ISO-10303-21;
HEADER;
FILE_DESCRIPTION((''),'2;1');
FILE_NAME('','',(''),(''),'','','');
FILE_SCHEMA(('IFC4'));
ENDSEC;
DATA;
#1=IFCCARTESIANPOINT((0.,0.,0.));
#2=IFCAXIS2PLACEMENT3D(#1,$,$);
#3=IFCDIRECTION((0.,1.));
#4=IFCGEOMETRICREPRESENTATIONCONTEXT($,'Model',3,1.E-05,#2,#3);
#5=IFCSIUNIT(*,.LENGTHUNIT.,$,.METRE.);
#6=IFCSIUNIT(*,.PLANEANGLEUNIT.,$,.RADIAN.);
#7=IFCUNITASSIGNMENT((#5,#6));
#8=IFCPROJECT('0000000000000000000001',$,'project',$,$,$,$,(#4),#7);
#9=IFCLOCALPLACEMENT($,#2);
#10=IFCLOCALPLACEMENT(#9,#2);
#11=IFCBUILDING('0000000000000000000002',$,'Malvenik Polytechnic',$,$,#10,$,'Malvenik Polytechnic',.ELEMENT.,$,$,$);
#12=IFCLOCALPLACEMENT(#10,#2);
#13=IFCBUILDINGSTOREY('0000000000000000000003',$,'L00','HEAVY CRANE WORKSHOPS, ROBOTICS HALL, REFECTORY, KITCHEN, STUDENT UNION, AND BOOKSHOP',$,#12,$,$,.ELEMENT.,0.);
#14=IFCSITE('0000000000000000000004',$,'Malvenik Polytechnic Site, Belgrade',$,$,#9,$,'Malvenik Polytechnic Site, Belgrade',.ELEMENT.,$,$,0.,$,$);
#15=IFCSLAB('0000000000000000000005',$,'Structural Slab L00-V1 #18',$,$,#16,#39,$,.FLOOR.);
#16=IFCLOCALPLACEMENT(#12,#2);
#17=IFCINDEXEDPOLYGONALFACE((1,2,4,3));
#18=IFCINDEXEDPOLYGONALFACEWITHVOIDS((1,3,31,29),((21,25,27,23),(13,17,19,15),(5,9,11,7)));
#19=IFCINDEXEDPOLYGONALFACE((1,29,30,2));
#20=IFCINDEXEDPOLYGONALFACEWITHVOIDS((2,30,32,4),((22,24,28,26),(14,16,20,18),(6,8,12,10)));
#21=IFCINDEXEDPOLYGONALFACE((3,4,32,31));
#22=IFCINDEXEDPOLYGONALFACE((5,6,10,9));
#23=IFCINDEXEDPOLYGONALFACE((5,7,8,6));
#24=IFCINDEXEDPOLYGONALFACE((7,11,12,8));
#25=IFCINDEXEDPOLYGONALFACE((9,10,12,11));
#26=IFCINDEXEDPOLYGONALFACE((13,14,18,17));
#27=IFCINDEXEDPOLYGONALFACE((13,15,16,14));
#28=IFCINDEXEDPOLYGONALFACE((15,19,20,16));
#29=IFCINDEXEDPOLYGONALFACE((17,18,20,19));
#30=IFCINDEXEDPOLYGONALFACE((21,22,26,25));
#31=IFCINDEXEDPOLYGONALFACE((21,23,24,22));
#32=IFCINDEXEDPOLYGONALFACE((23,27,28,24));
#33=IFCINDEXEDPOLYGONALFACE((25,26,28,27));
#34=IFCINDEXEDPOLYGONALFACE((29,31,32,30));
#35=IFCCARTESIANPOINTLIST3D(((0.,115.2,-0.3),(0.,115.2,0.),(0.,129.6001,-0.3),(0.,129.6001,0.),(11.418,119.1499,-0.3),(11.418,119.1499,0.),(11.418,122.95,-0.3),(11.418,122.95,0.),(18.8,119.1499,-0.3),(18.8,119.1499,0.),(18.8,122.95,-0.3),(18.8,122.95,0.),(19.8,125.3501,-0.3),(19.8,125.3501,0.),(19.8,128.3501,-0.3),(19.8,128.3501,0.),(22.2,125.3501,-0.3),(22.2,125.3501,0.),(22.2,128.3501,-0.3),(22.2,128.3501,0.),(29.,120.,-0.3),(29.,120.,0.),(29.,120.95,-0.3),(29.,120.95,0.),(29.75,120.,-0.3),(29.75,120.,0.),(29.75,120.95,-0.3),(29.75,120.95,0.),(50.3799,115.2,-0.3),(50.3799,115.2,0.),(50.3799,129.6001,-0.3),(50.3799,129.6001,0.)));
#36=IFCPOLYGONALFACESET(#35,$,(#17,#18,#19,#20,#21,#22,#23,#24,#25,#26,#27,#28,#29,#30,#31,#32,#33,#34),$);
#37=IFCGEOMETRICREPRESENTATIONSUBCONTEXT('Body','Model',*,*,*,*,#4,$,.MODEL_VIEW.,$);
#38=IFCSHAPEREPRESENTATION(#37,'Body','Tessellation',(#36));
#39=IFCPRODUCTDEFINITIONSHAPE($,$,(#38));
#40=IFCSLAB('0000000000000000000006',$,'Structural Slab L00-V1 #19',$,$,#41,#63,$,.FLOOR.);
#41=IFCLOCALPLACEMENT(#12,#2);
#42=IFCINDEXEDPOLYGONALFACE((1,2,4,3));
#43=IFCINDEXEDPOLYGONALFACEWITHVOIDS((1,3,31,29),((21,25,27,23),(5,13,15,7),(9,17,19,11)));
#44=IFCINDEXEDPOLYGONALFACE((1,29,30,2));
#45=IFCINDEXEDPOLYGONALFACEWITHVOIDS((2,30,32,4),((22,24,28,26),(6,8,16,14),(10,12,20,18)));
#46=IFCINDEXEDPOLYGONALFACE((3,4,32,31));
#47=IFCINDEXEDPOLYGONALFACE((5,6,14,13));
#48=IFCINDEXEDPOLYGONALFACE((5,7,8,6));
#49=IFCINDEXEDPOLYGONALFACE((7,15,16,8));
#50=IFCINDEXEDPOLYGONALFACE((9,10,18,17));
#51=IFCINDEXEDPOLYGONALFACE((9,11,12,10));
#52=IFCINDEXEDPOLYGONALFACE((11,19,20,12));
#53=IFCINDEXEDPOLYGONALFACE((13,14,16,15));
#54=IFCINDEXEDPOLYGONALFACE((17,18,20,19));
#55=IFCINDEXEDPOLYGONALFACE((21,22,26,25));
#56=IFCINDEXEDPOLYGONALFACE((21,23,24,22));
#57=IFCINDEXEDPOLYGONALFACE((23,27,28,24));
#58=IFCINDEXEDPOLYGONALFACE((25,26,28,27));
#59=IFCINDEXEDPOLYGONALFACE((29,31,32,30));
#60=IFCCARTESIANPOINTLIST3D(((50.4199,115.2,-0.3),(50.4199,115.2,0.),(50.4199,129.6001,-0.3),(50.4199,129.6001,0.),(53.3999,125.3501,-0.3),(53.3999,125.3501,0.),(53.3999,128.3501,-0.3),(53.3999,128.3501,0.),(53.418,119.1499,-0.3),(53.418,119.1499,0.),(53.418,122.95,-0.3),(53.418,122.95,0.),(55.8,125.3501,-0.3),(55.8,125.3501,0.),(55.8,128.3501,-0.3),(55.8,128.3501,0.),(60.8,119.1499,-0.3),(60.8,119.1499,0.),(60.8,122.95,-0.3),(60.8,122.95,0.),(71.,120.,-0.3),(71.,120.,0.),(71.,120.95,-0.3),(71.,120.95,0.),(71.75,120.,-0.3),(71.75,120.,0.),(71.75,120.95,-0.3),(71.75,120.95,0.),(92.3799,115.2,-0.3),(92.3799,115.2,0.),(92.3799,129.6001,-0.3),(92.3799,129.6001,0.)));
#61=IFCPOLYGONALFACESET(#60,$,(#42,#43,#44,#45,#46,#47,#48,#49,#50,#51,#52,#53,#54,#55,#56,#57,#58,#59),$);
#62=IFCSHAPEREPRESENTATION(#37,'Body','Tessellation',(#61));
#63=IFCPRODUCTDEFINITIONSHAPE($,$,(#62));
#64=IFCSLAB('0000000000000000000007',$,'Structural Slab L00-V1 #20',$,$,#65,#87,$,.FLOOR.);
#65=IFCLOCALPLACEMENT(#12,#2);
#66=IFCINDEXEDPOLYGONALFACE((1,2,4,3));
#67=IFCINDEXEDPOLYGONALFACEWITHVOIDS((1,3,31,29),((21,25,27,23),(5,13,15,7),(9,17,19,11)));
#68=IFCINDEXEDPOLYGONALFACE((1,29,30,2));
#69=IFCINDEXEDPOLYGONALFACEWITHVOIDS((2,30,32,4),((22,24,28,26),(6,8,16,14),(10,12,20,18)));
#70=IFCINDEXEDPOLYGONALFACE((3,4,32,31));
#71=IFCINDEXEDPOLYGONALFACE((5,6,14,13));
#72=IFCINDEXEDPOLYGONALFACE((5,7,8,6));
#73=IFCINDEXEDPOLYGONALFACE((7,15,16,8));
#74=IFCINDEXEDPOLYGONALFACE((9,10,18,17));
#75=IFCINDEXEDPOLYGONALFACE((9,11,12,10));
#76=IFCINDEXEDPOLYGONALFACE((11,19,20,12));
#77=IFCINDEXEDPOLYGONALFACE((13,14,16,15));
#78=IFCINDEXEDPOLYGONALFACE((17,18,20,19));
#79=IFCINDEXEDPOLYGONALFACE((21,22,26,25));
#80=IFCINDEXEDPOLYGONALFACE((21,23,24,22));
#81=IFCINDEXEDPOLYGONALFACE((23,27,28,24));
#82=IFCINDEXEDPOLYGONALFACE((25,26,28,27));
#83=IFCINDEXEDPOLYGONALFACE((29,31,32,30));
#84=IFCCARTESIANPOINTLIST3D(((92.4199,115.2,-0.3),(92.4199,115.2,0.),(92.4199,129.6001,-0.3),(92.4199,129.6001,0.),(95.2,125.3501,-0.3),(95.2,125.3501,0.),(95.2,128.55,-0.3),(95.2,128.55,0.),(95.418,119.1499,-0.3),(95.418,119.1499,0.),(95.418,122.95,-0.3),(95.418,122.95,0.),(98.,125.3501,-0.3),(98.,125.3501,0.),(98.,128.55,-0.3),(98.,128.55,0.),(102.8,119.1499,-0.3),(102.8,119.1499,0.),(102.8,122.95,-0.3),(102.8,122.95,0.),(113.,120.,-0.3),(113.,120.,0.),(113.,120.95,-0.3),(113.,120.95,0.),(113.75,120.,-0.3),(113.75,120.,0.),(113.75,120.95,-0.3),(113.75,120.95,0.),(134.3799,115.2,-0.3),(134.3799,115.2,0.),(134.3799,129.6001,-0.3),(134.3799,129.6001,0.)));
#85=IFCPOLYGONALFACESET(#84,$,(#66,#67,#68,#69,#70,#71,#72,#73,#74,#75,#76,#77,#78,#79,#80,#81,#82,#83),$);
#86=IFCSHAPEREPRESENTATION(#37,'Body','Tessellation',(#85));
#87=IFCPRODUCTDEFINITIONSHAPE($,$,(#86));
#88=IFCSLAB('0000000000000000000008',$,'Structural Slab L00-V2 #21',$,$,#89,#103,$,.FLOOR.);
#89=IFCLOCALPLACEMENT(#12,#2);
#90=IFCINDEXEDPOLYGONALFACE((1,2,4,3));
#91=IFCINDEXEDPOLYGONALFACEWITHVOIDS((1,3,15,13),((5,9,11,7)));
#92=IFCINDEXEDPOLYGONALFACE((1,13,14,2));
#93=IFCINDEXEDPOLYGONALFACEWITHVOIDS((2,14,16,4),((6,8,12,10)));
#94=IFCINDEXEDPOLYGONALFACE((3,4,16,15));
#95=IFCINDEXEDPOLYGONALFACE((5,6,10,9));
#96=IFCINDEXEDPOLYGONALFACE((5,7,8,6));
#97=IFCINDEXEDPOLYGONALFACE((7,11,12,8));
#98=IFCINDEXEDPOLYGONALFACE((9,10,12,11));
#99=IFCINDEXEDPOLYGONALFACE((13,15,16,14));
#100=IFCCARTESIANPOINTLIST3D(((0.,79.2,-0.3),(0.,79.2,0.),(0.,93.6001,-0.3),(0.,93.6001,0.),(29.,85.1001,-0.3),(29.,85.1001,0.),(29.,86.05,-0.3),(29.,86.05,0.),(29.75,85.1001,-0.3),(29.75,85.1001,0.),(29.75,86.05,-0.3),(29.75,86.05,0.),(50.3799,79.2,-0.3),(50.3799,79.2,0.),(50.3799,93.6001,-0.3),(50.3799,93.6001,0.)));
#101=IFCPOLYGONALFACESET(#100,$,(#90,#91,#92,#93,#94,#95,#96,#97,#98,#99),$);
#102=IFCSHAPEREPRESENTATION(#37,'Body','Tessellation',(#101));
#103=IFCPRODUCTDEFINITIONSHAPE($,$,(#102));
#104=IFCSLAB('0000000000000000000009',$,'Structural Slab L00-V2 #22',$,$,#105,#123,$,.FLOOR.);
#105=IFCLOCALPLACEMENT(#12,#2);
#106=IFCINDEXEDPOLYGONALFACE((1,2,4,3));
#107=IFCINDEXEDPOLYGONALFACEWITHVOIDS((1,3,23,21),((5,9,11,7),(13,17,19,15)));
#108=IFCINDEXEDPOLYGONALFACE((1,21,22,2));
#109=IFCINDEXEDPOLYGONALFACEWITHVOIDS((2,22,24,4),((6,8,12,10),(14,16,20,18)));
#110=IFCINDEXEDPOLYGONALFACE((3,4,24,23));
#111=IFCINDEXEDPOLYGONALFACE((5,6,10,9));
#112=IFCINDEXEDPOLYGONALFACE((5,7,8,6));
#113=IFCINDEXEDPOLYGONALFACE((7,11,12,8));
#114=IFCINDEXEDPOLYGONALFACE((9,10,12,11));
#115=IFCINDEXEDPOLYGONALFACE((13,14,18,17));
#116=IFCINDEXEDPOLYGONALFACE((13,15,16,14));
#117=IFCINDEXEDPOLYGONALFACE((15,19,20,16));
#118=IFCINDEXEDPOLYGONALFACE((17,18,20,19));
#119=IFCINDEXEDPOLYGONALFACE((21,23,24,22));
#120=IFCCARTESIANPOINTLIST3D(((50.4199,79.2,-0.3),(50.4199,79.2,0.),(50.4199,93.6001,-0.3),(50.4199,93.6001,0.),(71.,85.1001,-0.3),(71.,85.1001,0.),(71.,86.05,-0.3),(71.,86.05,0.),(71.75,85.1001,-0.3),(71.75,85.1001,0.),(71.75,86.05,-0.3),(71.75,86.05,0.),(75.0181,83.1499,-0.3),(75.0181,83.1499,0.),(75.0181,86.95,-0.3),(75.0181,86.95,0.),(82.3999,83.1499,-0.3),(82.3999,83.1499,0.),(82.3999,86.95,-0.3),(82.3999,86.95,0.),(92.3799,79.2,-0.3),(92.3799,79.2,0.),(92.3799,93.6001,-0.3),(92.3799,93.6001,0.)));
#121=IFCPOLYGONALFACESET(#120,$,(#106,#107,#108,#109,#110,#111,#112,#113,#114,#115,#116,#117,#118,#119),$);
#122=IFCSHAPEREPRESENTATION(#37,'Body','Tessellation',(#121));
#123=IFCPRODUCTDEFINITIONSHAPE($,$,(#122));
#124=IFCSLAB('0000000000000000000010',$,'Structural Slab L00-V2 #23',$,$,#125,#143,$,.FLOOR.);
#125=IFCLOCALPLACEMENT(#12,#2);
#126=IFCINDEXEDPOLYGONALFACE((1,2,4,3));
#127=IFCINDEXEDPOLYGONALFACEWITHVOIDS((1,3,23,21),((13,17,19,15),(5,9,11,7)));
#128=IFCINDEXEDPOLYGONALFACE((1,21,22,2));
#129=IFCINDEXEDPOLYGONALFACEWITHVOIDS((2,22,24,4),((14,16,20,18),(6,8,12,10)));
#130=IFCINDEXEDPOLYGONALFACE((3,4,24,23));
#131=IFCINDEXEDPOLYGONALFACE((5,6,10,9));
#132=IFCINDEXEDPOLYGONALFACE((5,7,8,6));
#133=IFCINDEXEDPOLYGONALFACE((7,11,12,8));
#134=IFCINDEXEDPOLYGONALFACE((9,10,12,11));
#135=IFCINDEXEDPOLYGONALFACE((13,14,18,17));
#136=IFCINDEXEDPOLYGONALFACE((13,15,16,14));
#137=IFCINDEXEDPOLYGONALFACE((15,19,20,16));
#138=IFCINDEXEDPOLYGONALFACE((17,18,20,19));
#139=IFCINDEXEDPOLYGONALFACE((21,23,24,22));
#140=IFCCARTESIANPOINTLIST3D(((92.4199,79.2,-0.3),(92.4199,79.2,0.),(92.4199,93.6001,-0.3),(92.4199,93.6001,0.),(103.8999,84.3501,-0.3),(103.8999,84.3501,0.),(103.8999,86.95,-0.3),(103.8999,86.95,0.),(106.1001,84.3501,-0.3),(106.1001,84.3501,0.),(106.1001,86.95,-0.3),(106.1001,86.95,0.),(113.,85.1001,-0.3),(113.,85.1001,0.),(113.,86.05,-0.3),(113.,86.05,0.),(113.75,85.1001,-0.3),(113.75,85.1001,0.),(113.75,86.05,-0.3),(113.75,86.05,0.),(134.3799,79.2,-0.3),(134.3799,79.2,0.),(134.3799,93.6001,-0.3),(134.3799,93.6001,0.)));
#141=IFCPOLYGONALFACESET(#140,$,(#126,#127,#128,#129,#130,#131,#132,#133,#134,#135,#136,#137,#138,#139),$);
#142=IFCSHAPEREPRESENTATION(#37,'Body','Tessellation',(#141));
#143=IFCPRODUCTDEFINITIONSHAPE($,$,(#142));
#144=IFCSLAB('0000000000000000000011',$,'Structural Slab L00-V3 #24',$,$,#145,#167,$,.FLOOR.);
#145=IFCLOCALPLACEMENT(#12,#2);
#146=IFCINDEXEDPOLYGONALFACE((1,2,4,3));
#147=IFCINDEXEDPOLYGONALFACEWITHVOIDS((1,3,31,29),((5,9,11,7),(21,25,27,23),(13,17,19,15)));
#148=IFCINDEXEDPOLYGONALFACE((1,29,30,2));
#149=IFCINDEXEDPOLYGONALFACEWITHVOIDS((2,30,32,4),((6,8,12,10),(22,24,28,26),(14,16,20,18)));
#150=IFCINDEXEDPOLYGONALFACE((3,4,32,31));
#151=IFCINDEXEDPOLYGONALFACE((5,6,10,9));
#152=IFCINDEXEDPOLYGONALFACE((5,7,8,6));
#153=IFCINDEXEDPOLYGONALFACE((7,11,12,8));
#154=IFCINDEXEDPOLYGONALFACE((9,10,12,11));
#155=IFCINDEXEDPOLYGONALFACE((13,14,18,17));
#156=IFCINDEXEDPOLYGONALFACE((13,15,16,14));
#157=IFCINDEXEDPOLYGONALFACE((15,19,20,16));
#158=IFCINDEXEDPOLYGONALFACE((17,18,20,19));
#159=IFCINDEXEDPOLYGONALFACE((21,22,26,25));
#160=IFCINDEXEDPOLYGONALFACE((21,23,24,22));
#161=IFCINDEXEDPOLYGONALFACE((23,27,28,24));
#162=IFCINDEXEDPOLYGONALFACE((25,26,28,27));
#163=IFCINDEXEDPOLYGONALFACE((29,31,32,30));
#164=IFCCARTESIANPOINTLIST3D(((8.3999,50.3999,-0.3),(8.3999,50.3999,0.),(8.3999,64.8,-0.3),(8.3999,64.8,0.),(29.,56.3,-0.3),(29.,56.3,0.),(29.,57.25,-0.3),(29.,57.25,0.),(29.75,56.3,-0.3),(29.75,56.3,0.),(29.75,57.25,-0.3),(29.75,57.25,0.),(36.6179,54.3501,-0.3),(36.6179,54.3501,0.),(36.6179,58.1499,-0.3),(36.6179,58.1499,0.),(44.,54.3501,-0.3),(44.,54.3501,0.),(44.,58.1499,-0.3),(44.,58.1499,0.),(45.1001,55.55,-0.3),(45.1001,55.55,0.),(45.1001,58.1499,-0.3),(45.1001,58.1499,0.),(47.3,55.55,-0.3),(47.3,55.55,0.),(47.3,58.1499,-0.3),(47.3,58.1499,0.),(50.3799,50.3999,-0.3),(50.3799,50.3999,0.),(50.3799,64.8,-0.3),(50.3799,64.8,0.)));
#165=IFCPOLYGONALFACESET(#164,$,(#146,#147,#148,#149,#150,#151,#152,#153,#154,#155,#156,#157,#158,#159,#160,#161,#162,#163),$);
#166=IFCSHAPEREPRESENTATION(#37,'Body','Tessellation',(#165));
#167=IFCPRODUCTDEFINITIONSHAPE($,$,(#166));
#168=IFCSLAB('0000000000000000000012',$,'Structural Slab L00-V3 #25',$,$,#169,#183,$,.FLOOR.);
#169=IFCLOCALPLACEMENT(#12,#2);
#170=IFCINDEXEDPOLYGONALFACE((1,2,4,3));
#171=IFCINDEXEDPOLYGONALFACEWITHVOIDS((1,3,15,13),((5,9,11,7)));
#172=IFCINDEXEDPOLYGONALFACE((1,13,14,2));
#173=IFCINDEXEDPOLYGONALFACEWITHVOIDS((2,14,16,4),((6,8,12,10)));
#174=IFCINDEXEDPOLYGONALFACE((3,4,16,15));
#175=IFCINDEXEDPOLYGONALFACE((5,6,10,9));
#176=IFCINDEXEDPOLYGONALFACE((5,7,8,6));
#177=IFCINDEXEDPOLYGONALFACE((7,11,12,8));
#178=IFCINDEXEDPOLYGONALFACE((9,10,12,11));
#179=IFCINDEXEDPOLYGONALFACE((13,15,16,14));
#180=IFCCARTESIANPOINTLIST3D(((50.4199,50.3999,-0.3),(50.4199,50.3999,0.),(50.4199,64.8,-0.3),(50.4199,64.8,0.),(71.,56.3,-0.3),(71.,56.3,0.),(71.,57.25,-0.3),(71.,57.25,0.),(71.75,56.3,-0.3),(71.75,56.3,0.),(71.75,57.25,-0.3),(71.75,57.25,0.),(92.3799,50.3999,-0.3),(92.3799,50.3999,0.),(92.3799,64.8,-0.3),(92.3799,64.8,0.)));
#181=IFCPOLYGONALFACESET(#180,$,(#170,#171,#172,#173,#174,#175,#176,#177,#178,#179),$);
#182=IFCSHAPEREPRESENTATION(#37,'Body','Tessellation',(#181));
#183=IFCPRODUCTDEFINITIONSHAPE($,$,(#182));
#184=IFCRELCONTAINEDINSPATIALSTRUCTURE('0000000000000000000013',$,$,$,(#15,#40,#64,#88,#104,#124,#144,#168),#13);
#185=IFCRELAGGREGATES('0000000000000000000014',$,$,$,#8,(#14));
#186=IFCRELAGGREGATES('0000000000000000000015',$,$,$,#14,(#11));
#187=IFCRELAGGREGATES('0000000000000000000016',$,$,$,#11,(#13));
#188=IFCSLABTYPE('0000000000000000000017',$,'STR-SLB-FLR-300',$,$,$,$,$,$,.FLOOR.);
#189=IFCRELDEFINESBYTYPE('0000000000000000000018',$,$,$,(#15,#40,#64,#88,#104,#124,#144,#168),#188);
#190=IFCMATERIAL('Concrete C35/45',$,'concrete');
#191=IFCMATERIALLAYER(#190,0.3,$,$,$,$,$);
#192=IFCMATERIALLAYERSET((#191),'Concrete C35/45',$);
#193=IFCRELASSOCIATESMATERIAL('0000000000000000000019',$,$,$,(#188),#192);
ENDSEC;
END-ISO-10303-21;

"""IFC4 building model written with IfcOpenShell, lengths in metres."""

from ifc_helpers import new_model, si_unit, direction, frame, origin, place, context, subcontext, project, spatial, polyline, outline, extrude, material, layer, layer_set, type_object, element, save


model = new_model("IFC4")

# Units and contexts
model_context = context("Model", 3, precision=1e-05, world=origin(), true_north=direction((0.0, 1.0)))
body_context = subcontext(model_context, "Body", "Model", "MODEL_VIEW")
ifc_project = project(units=[si_unit("LENGTHUNIT", "METRE"), si_unit("PLANEANGLEUNIT", "RADIAN")], contexts=[model_context])

# Site, building, storey
site_placement = place(None, origin())
site = spatial("IfcSite", under=ifc_project, at=site_placement, Name="Malvenik Polytechnic Site, Belgrade", LongName="Malvenik Polytechnic Site, Belgrade", CompositionType="ELEMENT", RefElevation=0.0)
building_placement = place(site_placement, origin())
building = spatial("IfcBuilding", under=site, at=building_placement, Name="Malvenik Polytechnic", LongName="Malvenik Polytechnic", CompositionType="ELEMENT")
storey_placement = place(building_placement, origin())
storey = spatial("IfcBuildingStorey", under=building, at=storey_placement, Name="L00", Description="HEAVY CRANE WORKSHOPS, ROBOTICS HALL, REFECTORY, KITCHEN, STUDENT UNION, AND BOOKSHOP", CompositionType="ELEMENT", Elevation=0.0)

# Slabs
ifc_material_1 = material(Name="Concrete C35/45", Category="concrete")
ifc_layer_1 = layer(ifc_material_1, 0.3)
ifc_layer_set_1 = layer_set([ifc_layer_1], Name="Concrete C35/45")
slab_type_1 = type_object("IfcSlabType", Name="STR-SLB-FLR-300", PredefinedType="FLOOR", material=ifc_layer_set_1)
slab_1_placement = place(storey_placement, frame((0.0, 0.0, -0.3)))
element("IfcSlab", 1, at=slab_1_placement, inside=storey, type_object=slab_type_1, Name="Structural Slab L00-V1 #18", PredefinedType="FLOOR", context=body_context, shape_type="SweptSolid", body=[
    extrude(outline(polyline([(0.0, 129.6001), (50.3799, 129.6001), (50.3799, 115.2), (0.0, 115.2), (0.0, 129.6001)]), holes=[polyline([(29.75, 120.95), (29.0, 120.95), (29.0, 120.0), (29.75, 120.0), (29.75, 120.95)]), polyline([(18.8, 119.1499), (18.8, 122.95), (11.418, 122.95), (11.418, 119.1499), (18.8, 119.1499)]), polyline([(22.2, 128.3501), (19.8, 128.3501), (19.8, 125.3501), (22.2, 125.3501), (22.2, 128.3501)])]), origin(), (0.0, 0.0, 1.0), 0.3),
])
slab_2_placement = place(storey_placement, frame((0.0, 0.0, -0.3)))
element("IfcSlab", 2, at=slab_2_placement, inside=storey, type_object=slab_type_1, Name="Structural Slab L00-V1 #19", PredefinedType="FLOOR", context=body_context, shape_type="SweptSolid", body=[
    extrude(outline(polyline([(92.3799, 129.6001), (92.3799, 115.2), (50.4199, 115.2), (50.4199, 129.6001), (92.3799, 129.6001)]), holes=[polyline([(71.75, 120.95), (71.0, 120.95), (71.0, 120.0), (71.75, 120.0), (71.75, 120.95)]), polyline([(60.8, 119.1499), (60.8, 122.95), (53.418, 122.95), (53.418, 119.1499), (60.8, 119.1499)]), polyline([(55.8, 128.3501), (53.3999, 128.3501), (53.3999, 125.3501), (55.8, 125.3501), (55.8, 128.3501)])]), origin(), (0.0, 0.0, 1.0), 0.3),
])
slab_3_placement = place(storey_placement, frame((0.0, 0.0, -0.3)))
element("IfcSlab", 3, at=slab_3_placement, inside=storey, type_object=slab_type_1, Name="Structural Slab L00-V1 #20", PredefinedType="FLOOR", context=body_context, shape_type="SweptSolid", body=[
    extrude(outline(polyline([(134.3799, 129.6001), (134.3799, 115.2), (92.4199, 115.2), (92.4199, 129.6001), (134.3799, 129.6001)]), holes=[polyline([(113.75, 120.95), (113.0, 120.95), (113.0, 120.0), (113.75, 120.0), (113.75, 120.95)]), polyline([(102.8, 119.1499), (102.8, 122.95), (95.418, 122.95), (95.418, 119.1499), (102.8, 119.1499)]), polyline([(98.0, 128.55), (95.2, 128.55), (95.2, 125.3501), (98.0, 125.3501), (98.0, 128.55)])]), origin(), (0.0, 0.0, 1.0), 0.3),
])
slab_4_placement = place(storey_placement, frame((0.0, 0.0, -0.3)))
element("IfcSlab", 4, at=slab_4_placement, inside=storey, type_object=slab_type_1, Name="Structural Slab L00-V2 #21", PredefinedType="FLOOR", context=body_context, shape_type="SweptSolid", body=[
    extrude(outline(polyline([(50.3799, 93.6001), (50.3799, 79.2), (0.0, 79.2), (0.0, 93.6001), (50.3799, 93.6001)]), holes=[polyline([(29.75, 86.05), (29.0, 86.05), (29.0, 85.1001), (29.75, 85.1001), (29.75, 86.05)])]), origin(), (0.0, 0.0, 1.0), 0.3),
])
slab_5_placement = place(storey_placement, frame((0.0, 0.0, -0.3)))
element("IfcSlab", 5, at=slab_5_placement, inside=storey, type_object=slab_type_1, Name="Structural Slab L00-V2 #22", PredefinedType="FLOOR", context=body_context, shape_type="SweptSolid", body=[
    extrude(outline(polyline([(92.3799, 93.6001), (92.3799, 79.2), (50.4199, 79.2), (50.4199, 93.6001), (92.3799, 93.6001)]), holes=[polyline([(82.3999, 83.1499), (82.3999, 86.95), (75.0181, 86.95), (75.0181, 83.1499), (82.3999, 83.1499)]), polyline([(71.75, 86.05), (71.0, 86.05), (71.0, 85.1001), (71.75, 85.1001), (71.75, 86.05)])]), origin(), (0.0, 0.0, 1.0), 0.3),
])
slab_6_placement = place(storey_placement, frame((0.0, 0.0, -0.3)))
element("IfcSlab", 6, at=slab_6_placement, inside=storey, type_object=slab_type_1, Name="Structural Slab L00-V2 #23", PredefinedType="FLOOR", context=body_context, shape_type="SweptSolid", body=[
    extrude(outline(polyline([(134.3799, 93.6001), (134.3799, 79.2), (92.4199, 79.2), (92.4199, 93.6001), (134.3799, 93.6001)]), holes=[polyline([(113.75, 86.05), (113.0, 86.05), (113.0, 85.1001), (113.75, 85.1001), (113.75, 86.05)]), polyline([(106.1001, 86.95), (103.8999, 86.95), (103.8999, 84.3501), (106.1001, 84.3501), (106.1001, 86.95)])]), origin(), (0.0, 0.0, 1.0), 0.3),
])
slab_7_placement = place(storey_placement, frame((0.0, 0.0, -0.3)))
element("IfcSlab", 7, at=slab_7_placement, inside=storey, type_object=slab_type_1, Name="Structural Slab L00-V3 #24", PredefinedType="FLOOR", context=body_context, shape_type="SweptSolid", body=[
    extrude(outline(polyline([(50.3799, 64.8), (50.3799, 50.3999), (8.3999, 50.3999), (8.3999, 64.8), (50.3799, 64.8)]), holes=[polyline([(44.0, 54.3501), (44.0, 58.1499), (36.6179, 58.1499), (36.6179, 54.3501), (44.0, 54.3501)]), polyline([(29.75, 57.25), (29.0, 57.25), (29.0, 56.3), (29.75, 56.3), (29.75, 57.25)]), polyline([(47.3, 58.1499), (45.1001, 58.1499), (45.1001, 55.55), (47.3, 55.55), (47.3, 58.1499)])]), origin(), (0.0, 0.0, 1.0), 0.3),
])
slab_8_placement = place(storey_placement, frame((0.0, 0.0, -0.3)))
element("IfcSlab", 8, at=slab_8_placement, inside=storey, type_object=slab_type_1, Name="Structural Slab L00-V3 #25", PredefinedType="FLOOR", context=body_context, shape_type="SweptSolid", body=[
    extrude(outline(polyline([(92.3799, 64.8), (92.3799, 50.3999), (50.4199, 50.3999), (50.4199, 64.8), (92.3799, 64.8)]), holes=[polyline([(71.75, 57.25), (71.0, 57.25), (71.0, 56.3), (71.75, 56.3), (71.75, 57.25)])]), origin(), (0.0, 0.0, 1.0), 0.3),
])

save(model, "model.ifc")
